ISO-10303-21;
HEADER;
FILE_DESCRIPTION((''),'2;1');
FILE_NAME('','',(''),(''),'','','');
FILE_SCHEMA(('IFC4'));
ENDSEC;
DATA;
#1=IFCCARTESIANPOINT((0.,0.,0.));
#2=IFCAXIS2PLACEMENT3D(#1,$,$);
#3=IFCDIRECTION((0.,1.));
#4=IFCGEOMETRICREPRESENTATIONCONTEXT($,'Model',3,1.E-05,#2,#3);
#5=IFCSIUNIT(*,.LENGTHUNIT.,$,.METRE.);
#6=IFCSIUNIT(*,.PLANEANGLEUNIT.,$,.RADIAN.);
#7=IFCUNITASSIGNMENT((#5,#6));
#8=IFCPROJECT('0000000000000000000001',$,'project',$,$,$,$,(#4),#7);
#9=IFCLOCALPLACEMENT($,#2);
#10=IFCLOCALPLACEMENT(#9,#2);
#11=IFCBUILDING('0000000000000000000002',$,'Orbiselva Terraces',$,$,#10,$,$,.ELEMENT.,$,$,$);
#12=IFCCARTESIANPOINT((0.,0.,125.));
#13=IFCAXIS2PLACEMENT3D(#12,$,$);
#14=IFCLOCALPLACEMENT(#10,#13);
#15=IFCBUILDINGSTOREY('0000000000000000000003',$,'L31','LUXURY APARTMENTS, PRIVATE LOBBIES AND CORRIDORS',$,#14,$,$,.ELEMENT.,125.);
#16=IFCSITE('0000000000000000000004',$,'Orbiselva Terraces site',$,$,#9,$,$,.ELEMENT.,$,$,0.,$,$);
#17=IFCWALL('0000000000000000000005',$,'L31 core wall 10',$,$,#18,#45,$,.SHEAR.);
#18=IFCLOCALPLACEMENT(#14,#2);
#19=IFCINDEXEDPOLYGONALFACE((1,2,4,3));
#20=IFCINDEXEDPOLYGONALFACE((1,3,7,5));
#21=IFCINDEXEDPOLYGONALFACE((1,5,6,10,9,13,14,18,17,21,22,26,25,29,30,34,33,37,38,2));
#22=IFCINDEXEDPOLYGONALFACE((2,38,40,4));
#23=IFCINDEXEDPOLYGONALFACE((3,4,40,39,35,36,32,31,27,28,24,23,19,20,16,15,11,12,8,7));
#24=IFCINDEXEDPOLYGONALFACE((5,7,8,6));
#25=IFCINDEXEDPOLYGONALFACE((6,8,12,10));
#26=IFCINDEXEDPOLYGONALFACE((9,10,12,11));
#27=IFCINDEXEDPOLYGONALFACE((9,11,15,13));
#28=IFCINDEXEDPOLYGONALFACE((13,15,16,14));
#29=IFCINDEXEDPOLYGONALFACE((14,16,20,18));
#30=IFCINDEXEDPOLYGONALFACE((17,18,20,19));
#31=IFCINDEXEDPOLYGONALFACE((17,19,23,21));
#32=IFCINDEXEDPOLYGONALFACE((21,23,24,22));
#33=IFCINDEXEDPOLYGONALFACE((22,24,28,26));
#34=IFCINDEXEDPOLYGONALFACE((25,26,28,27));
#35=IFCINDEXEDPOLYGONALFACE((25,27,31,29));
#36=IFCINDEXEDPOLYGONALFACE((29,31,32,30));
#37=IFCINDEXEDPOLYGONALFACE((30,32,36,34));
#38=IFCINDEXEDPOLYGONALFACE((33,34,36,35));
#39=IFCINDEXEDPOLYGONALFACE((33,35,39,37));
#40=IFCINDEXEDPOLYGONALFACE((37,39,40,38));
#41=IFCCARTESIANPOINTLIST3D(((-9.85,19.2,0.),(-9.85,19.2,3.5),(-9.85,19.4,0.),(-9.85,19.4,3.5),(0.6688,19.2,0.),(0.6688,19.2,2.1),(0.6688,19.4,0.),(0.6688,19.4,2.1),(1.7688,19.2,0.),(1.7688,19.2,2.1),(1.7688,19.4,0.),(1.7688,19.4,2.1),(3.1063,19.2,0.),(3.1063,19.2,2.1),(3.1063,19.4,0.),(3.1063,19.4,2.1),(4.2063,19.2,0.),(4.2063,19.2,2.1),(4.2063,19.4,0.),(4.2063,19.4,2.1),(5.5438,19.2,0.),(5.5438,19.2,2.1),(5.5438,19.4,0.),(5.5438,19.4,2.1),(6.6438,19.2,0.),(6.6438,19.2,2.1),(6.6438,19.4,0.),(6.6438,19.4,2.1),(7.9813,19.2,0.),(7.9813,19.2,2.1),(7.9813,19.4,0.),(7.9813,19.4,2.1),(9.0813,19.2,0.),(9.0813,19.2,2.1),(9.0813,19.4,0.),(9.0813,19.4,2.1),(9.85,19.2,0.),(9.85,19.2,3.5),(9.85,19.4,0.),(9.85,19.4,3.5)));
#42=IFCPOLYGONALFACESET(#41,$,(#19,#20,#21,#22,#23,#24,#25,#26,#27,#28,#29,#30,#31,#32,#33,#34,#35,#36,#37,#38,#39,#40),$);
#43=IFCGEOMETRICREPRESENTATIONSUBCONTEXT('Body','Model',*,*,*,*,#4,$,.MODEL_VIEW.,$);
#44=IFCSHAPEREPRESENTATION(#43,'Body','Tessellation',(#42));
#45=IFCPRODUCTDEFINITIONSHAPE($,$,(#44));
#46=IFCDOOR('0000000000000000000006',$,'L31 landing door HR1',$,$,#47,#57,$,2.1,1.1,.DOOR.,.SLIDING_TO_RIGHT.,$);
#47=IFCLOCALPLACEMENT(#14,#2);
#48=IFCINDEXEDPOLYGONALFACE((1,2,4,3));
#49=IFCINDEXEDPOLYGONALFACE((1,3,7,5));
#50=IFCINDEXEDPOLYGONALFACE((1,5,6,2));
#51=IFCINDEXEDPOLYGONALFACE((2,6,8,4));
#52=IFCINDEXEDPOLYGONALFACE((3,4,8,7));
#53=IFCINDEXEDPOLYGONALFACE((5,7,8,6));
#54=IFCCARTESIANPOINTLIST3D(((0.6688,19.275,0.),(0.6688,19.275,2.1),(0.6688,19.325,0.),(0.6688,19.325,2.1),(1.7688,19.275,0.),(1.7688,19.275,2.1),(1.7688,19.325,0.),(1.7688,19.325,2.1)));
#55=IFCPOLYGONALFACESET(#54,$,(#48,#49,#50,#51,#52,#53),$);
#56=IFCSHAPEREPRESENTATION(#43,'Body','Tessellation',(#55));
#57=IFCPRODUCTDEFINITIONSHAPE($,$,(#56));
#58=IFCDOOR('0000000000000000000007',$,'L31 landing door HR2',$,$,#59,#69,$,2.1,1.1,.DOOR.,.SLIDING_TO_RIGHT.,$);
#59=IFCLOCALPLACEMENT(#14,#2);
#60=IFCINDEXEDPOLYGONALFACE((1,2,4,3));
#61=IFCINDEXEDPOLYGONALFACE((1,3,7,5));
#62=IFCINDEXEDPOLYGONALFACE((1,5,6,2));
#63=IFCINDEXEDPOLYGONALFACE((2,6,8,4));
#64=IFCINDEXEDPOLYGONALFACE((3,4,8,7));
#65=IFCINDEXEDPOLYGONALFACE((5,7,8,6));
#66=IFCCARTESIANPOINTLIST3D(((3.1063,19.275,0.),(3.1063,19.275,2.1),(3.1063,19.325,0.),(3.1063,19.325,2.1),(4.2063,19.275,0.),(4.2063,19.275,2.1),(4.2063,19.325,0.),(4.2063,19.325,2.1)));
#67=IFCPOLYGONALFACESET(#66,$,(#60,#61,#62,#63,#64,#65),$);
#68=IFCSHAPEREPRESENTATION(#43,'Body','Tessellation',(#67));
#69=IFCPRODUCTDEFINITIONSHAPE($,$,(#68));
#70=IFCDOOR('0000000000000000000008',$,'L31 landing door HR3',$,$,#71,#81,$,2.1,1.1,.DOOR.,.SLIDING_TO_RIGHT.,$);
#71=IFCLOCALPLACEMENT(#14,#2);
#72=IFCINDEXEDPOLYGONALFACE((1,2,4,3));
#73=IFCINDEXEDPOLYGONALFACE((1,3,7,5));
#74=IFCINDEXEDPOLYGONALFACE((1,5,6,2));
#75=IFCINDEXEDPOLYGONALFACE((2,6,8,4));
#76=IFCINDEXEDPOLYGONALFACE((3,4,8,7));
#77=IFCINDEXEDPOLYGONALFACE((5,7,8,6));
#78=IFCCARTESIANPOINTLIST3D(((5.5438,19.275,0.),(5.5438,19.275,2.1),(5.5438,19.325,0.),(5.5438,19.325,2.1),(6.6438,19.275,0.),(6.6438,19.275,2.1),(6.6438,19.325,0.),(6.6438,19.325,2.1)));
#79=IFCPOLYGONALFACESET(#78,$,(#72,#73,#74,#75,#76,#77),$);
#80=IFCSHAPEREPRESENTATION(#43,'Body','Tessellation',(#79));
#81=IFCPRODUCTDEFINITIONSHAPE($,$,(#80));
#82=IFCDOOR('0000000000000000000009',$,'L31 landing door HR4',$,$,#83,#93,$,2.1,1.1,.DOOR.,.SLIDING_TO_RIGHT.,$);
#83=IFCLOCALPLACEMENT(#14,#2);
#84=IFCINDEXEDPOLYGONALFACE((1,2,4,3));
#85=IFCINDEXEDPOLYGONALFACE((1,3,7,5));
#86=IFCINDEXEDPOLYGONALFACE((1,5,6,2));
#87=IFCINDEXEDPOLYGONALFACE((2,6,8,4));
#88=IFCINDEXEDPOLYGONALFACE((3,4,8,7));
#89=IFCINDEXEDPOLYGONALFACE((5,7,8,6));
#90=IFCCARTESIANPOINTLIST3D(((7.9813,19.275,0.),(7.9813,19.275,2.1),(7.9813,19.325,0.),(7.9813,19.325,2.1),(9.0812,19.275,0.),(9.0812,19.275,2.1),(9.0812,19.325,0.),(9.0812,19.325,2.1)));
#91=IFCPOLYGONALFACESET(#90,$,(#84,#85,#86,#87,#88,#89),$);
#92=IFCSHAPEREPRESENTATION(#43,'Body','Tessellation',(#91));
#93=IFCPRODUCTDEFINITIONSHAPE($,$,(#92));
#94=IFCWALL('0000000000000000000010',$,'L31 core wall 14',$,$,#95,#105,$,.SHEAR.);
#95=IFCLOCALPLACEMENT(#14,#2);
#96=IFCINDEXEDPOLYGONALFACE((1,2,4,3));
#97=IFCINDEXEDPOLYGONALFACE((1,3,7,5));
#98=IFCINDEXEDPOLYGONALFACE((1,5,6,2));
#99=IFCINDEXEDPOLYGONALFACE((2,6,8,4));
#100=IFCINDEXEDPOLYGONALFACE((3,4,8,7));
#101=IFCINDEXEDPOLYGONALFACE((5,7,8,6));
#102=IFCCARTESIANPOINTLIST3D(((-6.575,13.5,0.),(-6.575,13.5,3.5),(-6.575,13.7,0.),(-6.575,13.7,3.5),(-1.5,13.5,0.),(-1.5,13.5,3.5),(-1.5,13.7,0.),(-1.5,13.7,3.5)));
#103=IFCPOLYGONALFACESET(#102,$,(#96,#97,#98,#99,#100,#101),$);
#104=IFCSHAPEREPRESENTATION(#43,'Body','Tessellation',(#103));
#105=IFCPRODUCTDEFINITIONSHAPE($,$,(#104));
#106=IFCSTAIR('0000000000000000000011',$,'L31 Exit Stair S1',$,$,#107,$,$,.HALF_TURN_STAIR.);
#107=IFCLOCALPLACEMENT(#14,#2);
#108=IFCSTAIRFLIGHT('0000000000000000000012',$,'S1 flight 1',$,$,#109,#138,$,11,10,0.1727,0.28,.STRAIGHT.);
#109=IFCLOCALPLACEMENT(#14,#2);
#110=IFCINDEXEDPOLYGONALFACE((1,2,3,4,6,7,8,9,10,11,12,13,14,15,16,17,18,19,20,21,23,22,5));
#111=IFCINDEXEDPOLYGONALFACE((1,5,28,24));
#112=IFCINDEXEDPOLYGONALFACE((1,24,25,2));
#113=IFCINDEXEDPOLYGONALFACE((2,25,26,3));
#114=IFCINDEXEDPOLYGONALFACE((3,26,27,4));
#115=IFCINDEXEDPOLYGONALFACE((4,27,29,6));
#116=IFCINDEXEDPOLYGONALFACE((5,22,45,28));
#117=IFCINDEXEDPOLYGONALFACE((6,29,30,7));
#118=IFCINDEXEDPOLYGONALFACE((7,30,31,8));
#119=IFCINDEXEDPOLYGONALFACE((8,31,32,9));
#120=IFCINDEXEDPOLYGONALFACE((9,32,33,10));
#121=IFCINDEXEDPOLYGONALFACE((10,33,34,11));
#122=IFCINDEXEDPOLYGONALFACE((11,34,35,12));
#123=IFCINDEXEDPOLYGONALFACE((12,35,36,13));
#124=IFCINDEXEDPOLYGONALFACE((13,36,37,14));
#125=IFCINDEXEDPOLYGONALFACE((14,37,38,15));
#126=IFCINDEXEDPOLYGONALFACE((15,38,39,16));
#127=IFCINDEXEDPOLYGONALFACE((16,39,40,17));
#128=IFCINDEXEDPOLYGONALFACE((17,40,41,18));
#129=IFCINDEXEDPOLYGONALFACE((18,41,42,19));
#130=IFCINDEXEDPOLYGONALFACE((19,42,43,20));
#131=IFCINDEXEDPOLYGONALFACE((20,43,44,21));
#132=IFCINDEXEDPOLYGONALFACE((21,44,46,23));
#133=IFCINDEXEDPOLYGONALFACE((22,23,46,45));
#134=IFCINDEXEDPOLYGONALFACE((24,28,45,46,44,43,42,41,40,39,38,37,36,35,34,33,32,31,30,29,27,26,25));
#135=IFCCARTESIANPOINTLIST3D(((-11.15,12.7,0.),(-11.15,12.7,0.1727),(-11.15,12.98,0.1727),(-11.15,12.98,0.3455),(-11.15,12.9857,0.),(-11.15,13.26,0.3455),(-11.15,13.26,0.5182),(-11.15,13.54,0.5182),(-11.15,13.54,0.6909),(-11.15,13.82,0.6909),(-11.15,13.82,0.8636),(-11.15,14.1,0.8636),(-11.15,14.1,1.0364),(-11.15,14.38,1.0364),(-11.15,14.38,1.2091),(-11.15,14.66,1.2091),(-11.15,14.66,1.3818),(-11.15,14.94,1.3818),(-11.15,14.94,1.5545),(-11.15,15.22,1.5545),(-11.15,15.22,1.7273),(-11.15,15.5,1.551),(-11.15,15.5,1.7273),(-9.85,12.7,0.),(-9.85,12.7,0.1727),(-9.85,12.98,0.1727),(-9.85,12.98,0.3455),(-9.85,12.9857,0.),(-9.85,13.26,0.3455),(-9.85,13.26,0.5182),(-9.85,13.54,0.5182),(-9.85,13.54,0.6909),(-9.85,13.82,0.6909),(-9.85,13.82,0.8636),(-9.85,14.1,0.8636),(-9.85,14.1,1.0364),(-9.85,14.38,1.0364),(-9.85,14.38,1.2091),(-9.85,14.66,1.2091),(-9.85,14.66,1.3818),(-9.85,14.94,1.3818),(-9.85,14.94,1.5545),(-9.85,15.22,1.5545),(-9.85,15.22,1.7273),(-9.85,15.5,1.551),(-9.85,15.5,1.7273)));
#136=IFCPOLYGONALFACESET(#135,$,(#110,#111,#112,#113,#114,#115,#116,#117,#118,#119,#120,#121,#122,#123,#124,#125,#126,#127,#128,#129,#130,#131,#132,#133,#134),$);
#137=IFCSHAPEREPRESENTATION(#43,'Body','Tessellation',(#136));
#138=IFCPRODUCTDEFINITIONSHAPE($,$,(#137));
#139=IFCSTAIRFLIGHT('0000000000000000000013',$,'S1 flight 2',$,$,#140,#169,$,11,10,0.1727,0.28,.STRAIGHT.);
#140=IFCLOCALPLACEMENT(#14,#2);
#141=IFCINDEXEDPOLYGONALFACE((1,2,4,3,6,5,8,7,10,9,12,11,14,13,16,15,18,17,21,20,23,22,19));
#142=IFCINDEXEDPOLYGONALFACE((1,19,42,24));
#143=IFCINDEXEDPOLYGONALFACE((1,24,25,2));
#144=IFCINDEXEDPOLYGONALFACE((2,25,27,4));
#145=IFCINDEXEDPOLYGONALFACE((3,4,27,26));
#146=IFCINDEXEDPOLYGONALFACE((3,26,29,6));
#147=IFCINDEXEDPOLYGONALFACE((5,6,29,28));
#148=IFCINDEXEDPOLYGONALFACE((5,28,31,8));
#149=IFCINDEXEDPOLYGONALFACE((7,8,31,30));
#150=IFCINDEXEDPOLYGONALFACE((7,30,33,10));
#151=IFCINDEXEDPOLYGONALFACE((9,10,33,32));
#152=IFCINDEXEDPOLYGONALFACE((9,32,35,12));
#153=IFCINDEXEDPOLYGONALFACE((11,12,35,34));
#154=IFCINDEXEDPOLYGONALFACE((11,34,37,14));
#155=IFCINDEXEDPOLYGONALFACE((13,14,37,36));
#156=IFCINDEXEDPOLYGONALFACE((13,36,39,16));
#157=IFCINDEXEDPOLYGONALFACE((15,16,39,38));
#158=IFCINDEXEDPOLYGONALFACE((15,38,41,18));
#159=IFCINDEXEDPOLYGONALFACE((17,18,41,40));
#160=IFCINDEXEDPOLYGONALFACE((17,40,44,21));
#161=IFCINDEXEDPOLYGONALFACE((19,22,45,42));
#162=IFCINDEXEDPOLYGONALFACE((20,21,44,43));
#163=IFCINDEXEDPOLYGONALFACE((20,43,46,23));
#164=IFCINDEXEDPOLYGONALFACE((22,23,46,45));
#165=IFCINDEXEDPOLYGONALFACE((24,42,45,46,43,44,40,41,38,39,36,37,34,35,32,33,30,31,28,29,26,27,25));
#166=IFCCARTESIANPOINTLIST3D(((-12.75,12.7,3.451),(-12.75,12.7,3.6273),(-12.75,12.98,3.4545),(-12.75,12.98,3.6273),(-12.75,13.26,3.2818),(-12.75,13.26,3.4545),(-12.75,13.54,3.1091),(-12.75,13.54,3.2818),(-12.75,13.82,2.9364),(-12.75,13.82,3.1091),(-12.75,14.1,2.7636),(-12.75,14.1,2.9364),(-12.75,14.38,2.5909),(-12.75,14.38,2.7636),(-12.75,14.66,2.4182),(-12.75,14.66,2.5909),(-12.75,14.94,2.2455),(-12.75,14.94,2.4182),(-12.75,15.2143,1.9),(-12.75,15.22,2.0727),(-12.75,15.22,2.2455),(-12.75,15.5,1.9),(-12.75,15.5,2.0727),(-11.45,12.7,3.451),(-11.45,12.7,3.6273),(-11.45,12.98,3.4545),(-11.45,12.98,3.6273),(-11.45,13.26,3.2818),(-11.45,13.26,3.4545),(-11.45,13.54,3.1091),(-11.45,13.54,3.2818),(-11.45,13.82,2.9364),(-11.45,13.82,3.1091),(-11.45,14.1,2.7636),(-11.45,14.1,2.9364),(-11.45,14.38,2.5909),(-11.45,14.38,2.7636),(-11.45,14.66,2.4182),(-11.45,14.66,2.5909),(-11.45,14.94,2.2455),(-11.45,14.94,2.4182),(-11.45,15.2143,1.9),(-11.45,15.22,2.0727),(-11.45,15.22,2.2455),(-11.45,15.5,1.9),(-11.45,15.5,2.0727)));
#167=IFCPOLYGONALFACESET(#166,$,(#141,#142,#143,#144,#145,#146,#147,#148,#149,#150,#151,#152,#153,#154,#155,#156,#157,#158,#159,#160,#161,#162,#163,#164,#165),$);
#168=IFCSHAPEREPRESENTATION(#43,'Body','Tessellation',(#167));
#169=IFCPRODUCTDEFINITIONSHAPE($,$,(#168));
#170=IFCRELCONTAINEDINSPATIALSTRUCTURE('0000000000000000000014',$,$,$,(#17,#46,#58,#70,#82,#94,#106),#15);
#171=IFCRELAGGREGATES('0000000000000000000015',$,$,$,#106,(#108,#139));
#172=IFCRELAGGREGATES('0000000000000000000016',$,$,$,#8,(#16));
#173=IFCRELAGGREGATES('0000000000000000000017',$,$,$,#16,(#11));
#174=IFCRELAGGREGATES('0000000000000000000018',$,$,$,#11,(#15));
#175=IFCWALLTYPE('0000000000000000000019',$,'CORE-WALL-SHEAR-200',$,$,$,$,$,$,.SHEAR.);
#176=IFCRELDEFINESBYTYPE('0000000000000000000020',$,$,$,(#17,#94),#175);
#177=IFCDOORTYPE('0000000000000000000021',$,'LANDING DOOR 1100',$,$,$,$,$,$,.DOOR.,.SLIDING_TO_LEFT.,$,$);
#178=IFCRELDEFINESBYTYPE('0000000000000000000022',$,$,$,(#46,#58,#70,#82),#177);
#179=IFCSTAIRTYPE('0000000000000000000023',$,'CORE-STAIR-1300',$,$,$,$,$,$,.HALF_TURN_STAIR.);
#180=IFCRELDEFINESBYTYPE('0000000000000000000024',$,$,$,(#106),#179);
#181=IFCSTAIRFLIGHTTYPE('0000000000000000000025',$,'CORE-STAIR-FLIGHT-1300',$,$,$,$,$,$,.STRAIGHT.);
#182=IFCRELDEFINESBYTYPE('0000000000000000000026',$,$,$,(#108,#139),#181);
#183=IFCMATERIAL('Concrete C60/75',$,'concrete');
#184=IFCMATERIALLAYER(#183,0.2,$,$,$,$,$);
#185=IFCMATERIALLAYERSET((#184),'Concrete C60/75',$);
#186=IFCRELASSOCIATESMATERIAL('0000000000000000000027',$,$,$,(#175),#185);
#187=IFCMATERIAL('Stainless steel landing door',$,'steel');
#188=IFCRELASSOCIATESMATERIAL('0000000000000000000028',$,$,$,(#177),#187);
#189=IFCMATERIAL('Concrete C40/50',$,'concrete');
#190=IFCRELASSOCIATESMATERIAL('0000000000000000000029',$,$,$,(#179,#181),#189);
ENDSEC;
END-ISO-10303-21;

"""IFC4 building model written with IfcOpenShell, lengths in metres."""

from ifc_helpers import new_model, si_unit, direction, frame, frame_2d, origin, place, context, subcontext, project, spatial, polyline, rectangle, outline, extrude, material, layer, layer_set, type_object, element, fill, aggregate, save


model = new_model("IFC4")

# Units and contexts
model_context = context("Model", 3, precision=1e-05, world=origin(), true_north=direction((0.0, 1.0)))
body_context = subcontext(model_context, "Body", "Model", "MODEL_VIEW")
ifc_project = project(units=[si_unit("LENGTHUNIT", "METRE"), si_unit("PLANEANGLEUNIT", "RADIAN")], contexts=[model_context])

# Site, building, storey
site_placement = place(None, origin())
site = spatial("IfcSite", under=ifc_project, at=site_placement, Name="Orbiselva Terraces site", CompositionType="ELEMENT", RefElevation=0.0)
building_placement = place(site_placement, origin())
building = spatial("IfcBuilding", under=site, at=building_placement, Name="Orbiselva Terraces", CompositionType="ELEMENT")
storey_placement = place(building_placement, frame((0.0, 0.0, 125.0)))
storey = spatial("IfcBuildingStorey", under=building, at=storey_placement, Name="L31", Description="LUXURY APARTMENTS, PRIVATE LOBBIES AND CORRIDORS", CompositionType="ELEMENT", Elevation=125.0)

# Shared definitions
ifc_material_1 = material(Name="Concrete C40/50", Category="concrete")

# Shared definitions
ifc_material_2 = material(Name="Concrete C60/75", Category="concrete")
ifc_layer_1 = layer(ifc_material_2, 0.2)
ifc_layer_set_1 = layer_set([ifc_layer_1], Name="Concrete C60/75")
wall_type_1 = type_object("IfcWallType", Name="CORE-WALL-SHEAR-200", PredefinedType="SHEAR", material=ifc_layer_set_1)

# Wall, openings, doors
wall_1_placement = place(storey_placement, frame((-9.85, 19.3, 0.0), z_axis=(0.0, 0.0, 1.0), x_axis=(1.0, 0.0, 0.0)))
wall_1 = element("IfcWall", 1, at=wall_1_placement, inside=storey, type_object=wall_type_1, Name="L31 core wall 10", PredefinedType="SHEAR", context=body_context, shape_type="SweptSolid", body=[
    extrude(rectangle(XDim=19.7, YDim=0.2, at=frame_2d((9.85, 0.0))), origin(), (0.0, 0.0, 1.0), 3.5),
])
opening_1_placement = place(wall_1_placement, frame((10.5188, 0.0, 0.0)))
opening_1 = element("IfcOpeningElement", 2, at=opening_1_placement, cuts=wall_1, PredefinedType="OPENING", context=body_context, shape_type="SweptSolid", body=[
    extrude(rectangle(XDim=1.1, YDim=2.1, at=frame_2d((0.55, 1.05))), frame((0.0, 0.11, 0.0), z_axis=(0.0, -1.0, 0.0), x_axis=(1.0, 0.0, 0.0)), (0.0, 0.0, 1.0), 0.22),
])
opening_2_placement = place(wall_1_placement, frame((12.9563, 0.0, 0.0)))
opening_2 = element("IfcOpeningElement", 3, at=opening_2_placement, cuts=wall_1, PredefinedType="OPENING", context=body_context, shape_type="SweptSolid", body=[
    extrude(rectangle(XDim=1.1, YDim=2.1, at=frame_2d((0.55, 1.05))), frame((0.0, 0.11, 0.0), z_axis=(0.0, -1.0, 0.0), x_axis=(1.0, 0.0, 0.0)), (0.0, 0.0, 1.0), 0.22),
])
opening_3_placement = place(wall_1_placement, frame((15.3938, 0.0, 0.0)))
opening_3 = element("IfcOpeningElement", 4, at=opening_3_placement, cuts=wall_1, PredefinedType="OPENING", context=body_context, shape_type="SweptSolid", body=[
    extrude(rectangle(XDim=1.1, YDim=2.1, at=frame_2d((0.55, 1.05))), frame((0.0, 0.11, 0.0), z_axis=(0.0, -1.0, 0.0), x_axis=(1.0, 0.0, 0.0)), (0.0, 0.0, 1.0), 0.22),
])
opening_4_placement = place(wall_1_placement, frame((17.8313, 0.0, 0.0)))
opening_4 = element("IfcOpeningElement", 5, at=opening_4_placement, cuts=wall_1, PredefinedType="OPENING", context=body_context, shape_type="SweptSolid", body=[
    extrude(rectangle(XDim=1.1, YDim=2.1, at=frame_2d((0.55, 1.05))), frame((0.0, 0.11, 0.0), z_axis=(0.0, -1.0, 0.0), x_axis=(1.0, 0.0, 0.0)), (0.0, 0.0, 1.0), 0.22),
])
ifc_material_3 = material(Name="Stainless steel landing door", Category="steel")
door_type_1 = type_object("IfcDoorType", Name="LANDING DOOR 1100", OperationType="SLIDING_TO_LEFT", PredefinedType="DOOR", material=ifc_material_3)
door_1_placement = place(opening_1_placement, origin())
door_1 = element("IfcDoor", 6, at=door_1_placement, inside=storey, type_object=door_type_1, Name="L31 landing door HR1", OperationType="SLIDING_TO_RIGHT", OverallHeight=2.1, OverallWidth=1.1, PredefinedType="DOOR", context=body_context, shape_type="SweptSolid", body=[
    extrude(rectangle(XDim=1.1, YDim=2.1, at=frame_2d((0.55, 1.05))), frame((0.0, 0.025, 0.0), z_axis=(0.0, -1.0, 0.0), x_axis=(1.0, 0.0, 0.0)), (0.0, 0.0, 1.0), 0.05),
])
fill(opening_1, door_1)
door_2_placement = place(opening_2_placement, origin())
door_2 = element("IfcDoor", 7, at=door_2_placement, inside=storey, type_object=door_type_1, Name="L31 landing door HR2", OperationType="SLIDING_TO_RIGHT", OverallHeight=2.1, OverallWidth=1.1, PredefinedType="DOOR", context=body_context, shape_type="SweptSolid", body=[
    extrude(rectangle(XDim=1.1, YDim=2.1, at=frame_2d((0.55, 1.05))), frame((0.0, 0.025, 0.0), z_axis=(0.0, -1.0, 0.0), x_axis=(1.0, 0.0, 0.0)), (0.0, 0.0, 1.0), 0.05),
])
fill(opening_2, door_2)
door_3_placement = place(opening_3_placement, origin())
door_3 = element("IfcDoor", 8, at=door_3_placement, inside=storey, type_object=door_type_1, Name="L31 landing door HR3", OperationType="SLIDING_TO_RIGHT", OverallHeight=2.1, OverallWidth=1.1, PredefinedType="DOOR", context=body_context, shape_type="SweptSolid", body=[
    extrude(rectangle(XDim=1.1, YDim=2.1, at=frame_2d((0.55, 1.05))), frame((0.0, 0.025, 0.0), z_axis=(0.0, -1.0, 0.0), x_axis=(1.0, 0.0, 0.0)), (0.0, 0.0, 1.0), 0.05),
])
fill(opening_3, door_3)
door_4_placement = place(opening_4_placement, origin())
door_4 = element("IfcDoor", 9, at=door_4_placement, inside=storey, type_object=door_type_1, Name="L31 landing door HR4", OperationType="SLIDING_TO_RIGHT", OverallHeight=2.1, OverallWidth=1.1, PredefinedType="DOOR", context=body_context, shape_type="SweptSolid", body=[
    extrude(rectangle(XDim=1.1, YDim=2.1, at=frame_2d((0.55, 1.05))), frame((0.0, 0.025, 0.0), z_axis=(0.0, -1.0, 0.0), x_axis=(1.0, 0.0, 0.0)), (0.0, 0.0, 1.0), 0.05),
])
fill(opening_4, door_4)

# Wall
wall_2_placement = place(storey_placement, frame((-6.575, 13.6, 0.0), z_axis=(0.0, 0.0, 1.0), x_axis=(1.0, 0.0, 0.0)))
element("IfcWall", 10, at=wall_2_placement, inside=storey, type_object=wall_type_1, Name="L31 core wall 14", PredefinedType="SHEAR", context=body_context, shape_type="SweptSolid", body=[
    extrude(rectangle(XDim=5.075, YDim=0.2, at=frame_2d((2.5375, 0.0))), origin(), (0.0, 0.0, 1.0), 3.5),
])

# Stair, stair flights
stair_type = type_object("IfcStairType", Name="CORE-STAIR-1300", PredefinedType="HALF_TURN_STAIR", material=ifc_material_1)
stair_placement = place(storey_placement, origin())
stair = element("IfcStair", 11, at=stair_placement, inside=storey, type_object=stair_type, Name="L31 Exit Stair S1", PredefinedType="HALF_TURN_STAIR")
stair_flight_type = type_object("IfcStairFlightType", Name="CORE-STAIR-FLIGHT-1300", PredefinedType="STRAIGHT", material=ifc_material_1)
stair_flight_1_placement = place(storey_placement, frame((-10.5, 12.7, 0.0), z_axis=(0.0, 0.0, 1.0), x_axis=(0.0, 1.0, 0.0)))
stair_flight_1 = element("IfcStairFlight", 12, at=stair_flight_1_placement, type_object=stair_flight_type, Name="S1 flight 1", NumberOfRisers=11, NumberOfTreads=10, PredefinedType="STRAIGHT", RiserHeight=0.1727, TreadLength=0.28, context=body_context, shape_type="SweptSolid", body=[
    extrude(outline(polyline([(0.0, 0.0), (0.0, 0.1727), (0.28, 0.1727), (0.28, 0.3455), (0.56, 0.3455), (0.56, 0.5182), (0.84, 0.5182), (0.84, 0.6909), (1.12, 0.6909), (1.12, 0.8636), (1.4, 0.8636), (1.4, 1.0364), (1.68, 1.0364), (1.68, 1.2091), (1.96, 1.2091), (1.96, 1.3818), (2.24, 1.3818), (2.24, 1.5545), (2.52, 1.5545), (2.52, 1.7273), (2.8, 1.7273), (2.8, 1.9), (2.8, 1.551), (0.2857, 0.0), (0.0, 0.0)])), frame((0.0, 0.65, 0.0), z_axis=(0.0, -1.0, 0.0), x_axis=(1.0, 0.0, 0.0)), (0.0, 0.0, 1.0), 1.3),
])
stair_flight_2_placement = place(storey_placement, frame((-12.1, 15.5, 1.9), z_axis=(0.0, 0.0, 1.0), x_axis=(0.0, -1.0, 0.0)))
stair_flight_2 = element("IfcStairFlight", 13, at=stair_flight_2_placement, type_object=stair_flight_type, Name="S1 flight 2", NumberOfRisers=11, NumberOfTreads=10, PredefinedType="STRAIGHT", RiserHeight=0.1727, TreadLength=0.28, context=body_context, shape_type="SweptSolid", body=[
    extrude(outline(polyline([(0.0, 0.0), (0.0, 0.1727), (0.28, 0.1727), (0.28, 0.3455), (0.56, 0.3455), (0.56, 0.5182), (0.84, 0.5182), (0.84, 0.6909), (1.12, 0.6909), (1.12, 0.8636), (1.4, 0.8636), (1.4, 1.0364), (1.68, 1.0364), (1.68, 1.2091), (1.96, 1.2091), (1.96, 1.3818), (2.24, 1.3818), (2.24, 1.5545), (2.52, 1.5545), (2.52, 1.7273), (2.8, 1.7273), (2.8, 1.9), (2.8, 1.551), (0.2857, 0.0), (0.0, 0.0)])), frame((0.0, 0.65, 0.0), z_axis=(0.0, -1.0, 0.0), x_axis=(1.0, 0.0, 0.0)), (0.0, 0.0, 1.0), 1.3),
])
aggregate(stair, [stair_flight_1, stair_flight_2])

save(model, "model.ifc")
